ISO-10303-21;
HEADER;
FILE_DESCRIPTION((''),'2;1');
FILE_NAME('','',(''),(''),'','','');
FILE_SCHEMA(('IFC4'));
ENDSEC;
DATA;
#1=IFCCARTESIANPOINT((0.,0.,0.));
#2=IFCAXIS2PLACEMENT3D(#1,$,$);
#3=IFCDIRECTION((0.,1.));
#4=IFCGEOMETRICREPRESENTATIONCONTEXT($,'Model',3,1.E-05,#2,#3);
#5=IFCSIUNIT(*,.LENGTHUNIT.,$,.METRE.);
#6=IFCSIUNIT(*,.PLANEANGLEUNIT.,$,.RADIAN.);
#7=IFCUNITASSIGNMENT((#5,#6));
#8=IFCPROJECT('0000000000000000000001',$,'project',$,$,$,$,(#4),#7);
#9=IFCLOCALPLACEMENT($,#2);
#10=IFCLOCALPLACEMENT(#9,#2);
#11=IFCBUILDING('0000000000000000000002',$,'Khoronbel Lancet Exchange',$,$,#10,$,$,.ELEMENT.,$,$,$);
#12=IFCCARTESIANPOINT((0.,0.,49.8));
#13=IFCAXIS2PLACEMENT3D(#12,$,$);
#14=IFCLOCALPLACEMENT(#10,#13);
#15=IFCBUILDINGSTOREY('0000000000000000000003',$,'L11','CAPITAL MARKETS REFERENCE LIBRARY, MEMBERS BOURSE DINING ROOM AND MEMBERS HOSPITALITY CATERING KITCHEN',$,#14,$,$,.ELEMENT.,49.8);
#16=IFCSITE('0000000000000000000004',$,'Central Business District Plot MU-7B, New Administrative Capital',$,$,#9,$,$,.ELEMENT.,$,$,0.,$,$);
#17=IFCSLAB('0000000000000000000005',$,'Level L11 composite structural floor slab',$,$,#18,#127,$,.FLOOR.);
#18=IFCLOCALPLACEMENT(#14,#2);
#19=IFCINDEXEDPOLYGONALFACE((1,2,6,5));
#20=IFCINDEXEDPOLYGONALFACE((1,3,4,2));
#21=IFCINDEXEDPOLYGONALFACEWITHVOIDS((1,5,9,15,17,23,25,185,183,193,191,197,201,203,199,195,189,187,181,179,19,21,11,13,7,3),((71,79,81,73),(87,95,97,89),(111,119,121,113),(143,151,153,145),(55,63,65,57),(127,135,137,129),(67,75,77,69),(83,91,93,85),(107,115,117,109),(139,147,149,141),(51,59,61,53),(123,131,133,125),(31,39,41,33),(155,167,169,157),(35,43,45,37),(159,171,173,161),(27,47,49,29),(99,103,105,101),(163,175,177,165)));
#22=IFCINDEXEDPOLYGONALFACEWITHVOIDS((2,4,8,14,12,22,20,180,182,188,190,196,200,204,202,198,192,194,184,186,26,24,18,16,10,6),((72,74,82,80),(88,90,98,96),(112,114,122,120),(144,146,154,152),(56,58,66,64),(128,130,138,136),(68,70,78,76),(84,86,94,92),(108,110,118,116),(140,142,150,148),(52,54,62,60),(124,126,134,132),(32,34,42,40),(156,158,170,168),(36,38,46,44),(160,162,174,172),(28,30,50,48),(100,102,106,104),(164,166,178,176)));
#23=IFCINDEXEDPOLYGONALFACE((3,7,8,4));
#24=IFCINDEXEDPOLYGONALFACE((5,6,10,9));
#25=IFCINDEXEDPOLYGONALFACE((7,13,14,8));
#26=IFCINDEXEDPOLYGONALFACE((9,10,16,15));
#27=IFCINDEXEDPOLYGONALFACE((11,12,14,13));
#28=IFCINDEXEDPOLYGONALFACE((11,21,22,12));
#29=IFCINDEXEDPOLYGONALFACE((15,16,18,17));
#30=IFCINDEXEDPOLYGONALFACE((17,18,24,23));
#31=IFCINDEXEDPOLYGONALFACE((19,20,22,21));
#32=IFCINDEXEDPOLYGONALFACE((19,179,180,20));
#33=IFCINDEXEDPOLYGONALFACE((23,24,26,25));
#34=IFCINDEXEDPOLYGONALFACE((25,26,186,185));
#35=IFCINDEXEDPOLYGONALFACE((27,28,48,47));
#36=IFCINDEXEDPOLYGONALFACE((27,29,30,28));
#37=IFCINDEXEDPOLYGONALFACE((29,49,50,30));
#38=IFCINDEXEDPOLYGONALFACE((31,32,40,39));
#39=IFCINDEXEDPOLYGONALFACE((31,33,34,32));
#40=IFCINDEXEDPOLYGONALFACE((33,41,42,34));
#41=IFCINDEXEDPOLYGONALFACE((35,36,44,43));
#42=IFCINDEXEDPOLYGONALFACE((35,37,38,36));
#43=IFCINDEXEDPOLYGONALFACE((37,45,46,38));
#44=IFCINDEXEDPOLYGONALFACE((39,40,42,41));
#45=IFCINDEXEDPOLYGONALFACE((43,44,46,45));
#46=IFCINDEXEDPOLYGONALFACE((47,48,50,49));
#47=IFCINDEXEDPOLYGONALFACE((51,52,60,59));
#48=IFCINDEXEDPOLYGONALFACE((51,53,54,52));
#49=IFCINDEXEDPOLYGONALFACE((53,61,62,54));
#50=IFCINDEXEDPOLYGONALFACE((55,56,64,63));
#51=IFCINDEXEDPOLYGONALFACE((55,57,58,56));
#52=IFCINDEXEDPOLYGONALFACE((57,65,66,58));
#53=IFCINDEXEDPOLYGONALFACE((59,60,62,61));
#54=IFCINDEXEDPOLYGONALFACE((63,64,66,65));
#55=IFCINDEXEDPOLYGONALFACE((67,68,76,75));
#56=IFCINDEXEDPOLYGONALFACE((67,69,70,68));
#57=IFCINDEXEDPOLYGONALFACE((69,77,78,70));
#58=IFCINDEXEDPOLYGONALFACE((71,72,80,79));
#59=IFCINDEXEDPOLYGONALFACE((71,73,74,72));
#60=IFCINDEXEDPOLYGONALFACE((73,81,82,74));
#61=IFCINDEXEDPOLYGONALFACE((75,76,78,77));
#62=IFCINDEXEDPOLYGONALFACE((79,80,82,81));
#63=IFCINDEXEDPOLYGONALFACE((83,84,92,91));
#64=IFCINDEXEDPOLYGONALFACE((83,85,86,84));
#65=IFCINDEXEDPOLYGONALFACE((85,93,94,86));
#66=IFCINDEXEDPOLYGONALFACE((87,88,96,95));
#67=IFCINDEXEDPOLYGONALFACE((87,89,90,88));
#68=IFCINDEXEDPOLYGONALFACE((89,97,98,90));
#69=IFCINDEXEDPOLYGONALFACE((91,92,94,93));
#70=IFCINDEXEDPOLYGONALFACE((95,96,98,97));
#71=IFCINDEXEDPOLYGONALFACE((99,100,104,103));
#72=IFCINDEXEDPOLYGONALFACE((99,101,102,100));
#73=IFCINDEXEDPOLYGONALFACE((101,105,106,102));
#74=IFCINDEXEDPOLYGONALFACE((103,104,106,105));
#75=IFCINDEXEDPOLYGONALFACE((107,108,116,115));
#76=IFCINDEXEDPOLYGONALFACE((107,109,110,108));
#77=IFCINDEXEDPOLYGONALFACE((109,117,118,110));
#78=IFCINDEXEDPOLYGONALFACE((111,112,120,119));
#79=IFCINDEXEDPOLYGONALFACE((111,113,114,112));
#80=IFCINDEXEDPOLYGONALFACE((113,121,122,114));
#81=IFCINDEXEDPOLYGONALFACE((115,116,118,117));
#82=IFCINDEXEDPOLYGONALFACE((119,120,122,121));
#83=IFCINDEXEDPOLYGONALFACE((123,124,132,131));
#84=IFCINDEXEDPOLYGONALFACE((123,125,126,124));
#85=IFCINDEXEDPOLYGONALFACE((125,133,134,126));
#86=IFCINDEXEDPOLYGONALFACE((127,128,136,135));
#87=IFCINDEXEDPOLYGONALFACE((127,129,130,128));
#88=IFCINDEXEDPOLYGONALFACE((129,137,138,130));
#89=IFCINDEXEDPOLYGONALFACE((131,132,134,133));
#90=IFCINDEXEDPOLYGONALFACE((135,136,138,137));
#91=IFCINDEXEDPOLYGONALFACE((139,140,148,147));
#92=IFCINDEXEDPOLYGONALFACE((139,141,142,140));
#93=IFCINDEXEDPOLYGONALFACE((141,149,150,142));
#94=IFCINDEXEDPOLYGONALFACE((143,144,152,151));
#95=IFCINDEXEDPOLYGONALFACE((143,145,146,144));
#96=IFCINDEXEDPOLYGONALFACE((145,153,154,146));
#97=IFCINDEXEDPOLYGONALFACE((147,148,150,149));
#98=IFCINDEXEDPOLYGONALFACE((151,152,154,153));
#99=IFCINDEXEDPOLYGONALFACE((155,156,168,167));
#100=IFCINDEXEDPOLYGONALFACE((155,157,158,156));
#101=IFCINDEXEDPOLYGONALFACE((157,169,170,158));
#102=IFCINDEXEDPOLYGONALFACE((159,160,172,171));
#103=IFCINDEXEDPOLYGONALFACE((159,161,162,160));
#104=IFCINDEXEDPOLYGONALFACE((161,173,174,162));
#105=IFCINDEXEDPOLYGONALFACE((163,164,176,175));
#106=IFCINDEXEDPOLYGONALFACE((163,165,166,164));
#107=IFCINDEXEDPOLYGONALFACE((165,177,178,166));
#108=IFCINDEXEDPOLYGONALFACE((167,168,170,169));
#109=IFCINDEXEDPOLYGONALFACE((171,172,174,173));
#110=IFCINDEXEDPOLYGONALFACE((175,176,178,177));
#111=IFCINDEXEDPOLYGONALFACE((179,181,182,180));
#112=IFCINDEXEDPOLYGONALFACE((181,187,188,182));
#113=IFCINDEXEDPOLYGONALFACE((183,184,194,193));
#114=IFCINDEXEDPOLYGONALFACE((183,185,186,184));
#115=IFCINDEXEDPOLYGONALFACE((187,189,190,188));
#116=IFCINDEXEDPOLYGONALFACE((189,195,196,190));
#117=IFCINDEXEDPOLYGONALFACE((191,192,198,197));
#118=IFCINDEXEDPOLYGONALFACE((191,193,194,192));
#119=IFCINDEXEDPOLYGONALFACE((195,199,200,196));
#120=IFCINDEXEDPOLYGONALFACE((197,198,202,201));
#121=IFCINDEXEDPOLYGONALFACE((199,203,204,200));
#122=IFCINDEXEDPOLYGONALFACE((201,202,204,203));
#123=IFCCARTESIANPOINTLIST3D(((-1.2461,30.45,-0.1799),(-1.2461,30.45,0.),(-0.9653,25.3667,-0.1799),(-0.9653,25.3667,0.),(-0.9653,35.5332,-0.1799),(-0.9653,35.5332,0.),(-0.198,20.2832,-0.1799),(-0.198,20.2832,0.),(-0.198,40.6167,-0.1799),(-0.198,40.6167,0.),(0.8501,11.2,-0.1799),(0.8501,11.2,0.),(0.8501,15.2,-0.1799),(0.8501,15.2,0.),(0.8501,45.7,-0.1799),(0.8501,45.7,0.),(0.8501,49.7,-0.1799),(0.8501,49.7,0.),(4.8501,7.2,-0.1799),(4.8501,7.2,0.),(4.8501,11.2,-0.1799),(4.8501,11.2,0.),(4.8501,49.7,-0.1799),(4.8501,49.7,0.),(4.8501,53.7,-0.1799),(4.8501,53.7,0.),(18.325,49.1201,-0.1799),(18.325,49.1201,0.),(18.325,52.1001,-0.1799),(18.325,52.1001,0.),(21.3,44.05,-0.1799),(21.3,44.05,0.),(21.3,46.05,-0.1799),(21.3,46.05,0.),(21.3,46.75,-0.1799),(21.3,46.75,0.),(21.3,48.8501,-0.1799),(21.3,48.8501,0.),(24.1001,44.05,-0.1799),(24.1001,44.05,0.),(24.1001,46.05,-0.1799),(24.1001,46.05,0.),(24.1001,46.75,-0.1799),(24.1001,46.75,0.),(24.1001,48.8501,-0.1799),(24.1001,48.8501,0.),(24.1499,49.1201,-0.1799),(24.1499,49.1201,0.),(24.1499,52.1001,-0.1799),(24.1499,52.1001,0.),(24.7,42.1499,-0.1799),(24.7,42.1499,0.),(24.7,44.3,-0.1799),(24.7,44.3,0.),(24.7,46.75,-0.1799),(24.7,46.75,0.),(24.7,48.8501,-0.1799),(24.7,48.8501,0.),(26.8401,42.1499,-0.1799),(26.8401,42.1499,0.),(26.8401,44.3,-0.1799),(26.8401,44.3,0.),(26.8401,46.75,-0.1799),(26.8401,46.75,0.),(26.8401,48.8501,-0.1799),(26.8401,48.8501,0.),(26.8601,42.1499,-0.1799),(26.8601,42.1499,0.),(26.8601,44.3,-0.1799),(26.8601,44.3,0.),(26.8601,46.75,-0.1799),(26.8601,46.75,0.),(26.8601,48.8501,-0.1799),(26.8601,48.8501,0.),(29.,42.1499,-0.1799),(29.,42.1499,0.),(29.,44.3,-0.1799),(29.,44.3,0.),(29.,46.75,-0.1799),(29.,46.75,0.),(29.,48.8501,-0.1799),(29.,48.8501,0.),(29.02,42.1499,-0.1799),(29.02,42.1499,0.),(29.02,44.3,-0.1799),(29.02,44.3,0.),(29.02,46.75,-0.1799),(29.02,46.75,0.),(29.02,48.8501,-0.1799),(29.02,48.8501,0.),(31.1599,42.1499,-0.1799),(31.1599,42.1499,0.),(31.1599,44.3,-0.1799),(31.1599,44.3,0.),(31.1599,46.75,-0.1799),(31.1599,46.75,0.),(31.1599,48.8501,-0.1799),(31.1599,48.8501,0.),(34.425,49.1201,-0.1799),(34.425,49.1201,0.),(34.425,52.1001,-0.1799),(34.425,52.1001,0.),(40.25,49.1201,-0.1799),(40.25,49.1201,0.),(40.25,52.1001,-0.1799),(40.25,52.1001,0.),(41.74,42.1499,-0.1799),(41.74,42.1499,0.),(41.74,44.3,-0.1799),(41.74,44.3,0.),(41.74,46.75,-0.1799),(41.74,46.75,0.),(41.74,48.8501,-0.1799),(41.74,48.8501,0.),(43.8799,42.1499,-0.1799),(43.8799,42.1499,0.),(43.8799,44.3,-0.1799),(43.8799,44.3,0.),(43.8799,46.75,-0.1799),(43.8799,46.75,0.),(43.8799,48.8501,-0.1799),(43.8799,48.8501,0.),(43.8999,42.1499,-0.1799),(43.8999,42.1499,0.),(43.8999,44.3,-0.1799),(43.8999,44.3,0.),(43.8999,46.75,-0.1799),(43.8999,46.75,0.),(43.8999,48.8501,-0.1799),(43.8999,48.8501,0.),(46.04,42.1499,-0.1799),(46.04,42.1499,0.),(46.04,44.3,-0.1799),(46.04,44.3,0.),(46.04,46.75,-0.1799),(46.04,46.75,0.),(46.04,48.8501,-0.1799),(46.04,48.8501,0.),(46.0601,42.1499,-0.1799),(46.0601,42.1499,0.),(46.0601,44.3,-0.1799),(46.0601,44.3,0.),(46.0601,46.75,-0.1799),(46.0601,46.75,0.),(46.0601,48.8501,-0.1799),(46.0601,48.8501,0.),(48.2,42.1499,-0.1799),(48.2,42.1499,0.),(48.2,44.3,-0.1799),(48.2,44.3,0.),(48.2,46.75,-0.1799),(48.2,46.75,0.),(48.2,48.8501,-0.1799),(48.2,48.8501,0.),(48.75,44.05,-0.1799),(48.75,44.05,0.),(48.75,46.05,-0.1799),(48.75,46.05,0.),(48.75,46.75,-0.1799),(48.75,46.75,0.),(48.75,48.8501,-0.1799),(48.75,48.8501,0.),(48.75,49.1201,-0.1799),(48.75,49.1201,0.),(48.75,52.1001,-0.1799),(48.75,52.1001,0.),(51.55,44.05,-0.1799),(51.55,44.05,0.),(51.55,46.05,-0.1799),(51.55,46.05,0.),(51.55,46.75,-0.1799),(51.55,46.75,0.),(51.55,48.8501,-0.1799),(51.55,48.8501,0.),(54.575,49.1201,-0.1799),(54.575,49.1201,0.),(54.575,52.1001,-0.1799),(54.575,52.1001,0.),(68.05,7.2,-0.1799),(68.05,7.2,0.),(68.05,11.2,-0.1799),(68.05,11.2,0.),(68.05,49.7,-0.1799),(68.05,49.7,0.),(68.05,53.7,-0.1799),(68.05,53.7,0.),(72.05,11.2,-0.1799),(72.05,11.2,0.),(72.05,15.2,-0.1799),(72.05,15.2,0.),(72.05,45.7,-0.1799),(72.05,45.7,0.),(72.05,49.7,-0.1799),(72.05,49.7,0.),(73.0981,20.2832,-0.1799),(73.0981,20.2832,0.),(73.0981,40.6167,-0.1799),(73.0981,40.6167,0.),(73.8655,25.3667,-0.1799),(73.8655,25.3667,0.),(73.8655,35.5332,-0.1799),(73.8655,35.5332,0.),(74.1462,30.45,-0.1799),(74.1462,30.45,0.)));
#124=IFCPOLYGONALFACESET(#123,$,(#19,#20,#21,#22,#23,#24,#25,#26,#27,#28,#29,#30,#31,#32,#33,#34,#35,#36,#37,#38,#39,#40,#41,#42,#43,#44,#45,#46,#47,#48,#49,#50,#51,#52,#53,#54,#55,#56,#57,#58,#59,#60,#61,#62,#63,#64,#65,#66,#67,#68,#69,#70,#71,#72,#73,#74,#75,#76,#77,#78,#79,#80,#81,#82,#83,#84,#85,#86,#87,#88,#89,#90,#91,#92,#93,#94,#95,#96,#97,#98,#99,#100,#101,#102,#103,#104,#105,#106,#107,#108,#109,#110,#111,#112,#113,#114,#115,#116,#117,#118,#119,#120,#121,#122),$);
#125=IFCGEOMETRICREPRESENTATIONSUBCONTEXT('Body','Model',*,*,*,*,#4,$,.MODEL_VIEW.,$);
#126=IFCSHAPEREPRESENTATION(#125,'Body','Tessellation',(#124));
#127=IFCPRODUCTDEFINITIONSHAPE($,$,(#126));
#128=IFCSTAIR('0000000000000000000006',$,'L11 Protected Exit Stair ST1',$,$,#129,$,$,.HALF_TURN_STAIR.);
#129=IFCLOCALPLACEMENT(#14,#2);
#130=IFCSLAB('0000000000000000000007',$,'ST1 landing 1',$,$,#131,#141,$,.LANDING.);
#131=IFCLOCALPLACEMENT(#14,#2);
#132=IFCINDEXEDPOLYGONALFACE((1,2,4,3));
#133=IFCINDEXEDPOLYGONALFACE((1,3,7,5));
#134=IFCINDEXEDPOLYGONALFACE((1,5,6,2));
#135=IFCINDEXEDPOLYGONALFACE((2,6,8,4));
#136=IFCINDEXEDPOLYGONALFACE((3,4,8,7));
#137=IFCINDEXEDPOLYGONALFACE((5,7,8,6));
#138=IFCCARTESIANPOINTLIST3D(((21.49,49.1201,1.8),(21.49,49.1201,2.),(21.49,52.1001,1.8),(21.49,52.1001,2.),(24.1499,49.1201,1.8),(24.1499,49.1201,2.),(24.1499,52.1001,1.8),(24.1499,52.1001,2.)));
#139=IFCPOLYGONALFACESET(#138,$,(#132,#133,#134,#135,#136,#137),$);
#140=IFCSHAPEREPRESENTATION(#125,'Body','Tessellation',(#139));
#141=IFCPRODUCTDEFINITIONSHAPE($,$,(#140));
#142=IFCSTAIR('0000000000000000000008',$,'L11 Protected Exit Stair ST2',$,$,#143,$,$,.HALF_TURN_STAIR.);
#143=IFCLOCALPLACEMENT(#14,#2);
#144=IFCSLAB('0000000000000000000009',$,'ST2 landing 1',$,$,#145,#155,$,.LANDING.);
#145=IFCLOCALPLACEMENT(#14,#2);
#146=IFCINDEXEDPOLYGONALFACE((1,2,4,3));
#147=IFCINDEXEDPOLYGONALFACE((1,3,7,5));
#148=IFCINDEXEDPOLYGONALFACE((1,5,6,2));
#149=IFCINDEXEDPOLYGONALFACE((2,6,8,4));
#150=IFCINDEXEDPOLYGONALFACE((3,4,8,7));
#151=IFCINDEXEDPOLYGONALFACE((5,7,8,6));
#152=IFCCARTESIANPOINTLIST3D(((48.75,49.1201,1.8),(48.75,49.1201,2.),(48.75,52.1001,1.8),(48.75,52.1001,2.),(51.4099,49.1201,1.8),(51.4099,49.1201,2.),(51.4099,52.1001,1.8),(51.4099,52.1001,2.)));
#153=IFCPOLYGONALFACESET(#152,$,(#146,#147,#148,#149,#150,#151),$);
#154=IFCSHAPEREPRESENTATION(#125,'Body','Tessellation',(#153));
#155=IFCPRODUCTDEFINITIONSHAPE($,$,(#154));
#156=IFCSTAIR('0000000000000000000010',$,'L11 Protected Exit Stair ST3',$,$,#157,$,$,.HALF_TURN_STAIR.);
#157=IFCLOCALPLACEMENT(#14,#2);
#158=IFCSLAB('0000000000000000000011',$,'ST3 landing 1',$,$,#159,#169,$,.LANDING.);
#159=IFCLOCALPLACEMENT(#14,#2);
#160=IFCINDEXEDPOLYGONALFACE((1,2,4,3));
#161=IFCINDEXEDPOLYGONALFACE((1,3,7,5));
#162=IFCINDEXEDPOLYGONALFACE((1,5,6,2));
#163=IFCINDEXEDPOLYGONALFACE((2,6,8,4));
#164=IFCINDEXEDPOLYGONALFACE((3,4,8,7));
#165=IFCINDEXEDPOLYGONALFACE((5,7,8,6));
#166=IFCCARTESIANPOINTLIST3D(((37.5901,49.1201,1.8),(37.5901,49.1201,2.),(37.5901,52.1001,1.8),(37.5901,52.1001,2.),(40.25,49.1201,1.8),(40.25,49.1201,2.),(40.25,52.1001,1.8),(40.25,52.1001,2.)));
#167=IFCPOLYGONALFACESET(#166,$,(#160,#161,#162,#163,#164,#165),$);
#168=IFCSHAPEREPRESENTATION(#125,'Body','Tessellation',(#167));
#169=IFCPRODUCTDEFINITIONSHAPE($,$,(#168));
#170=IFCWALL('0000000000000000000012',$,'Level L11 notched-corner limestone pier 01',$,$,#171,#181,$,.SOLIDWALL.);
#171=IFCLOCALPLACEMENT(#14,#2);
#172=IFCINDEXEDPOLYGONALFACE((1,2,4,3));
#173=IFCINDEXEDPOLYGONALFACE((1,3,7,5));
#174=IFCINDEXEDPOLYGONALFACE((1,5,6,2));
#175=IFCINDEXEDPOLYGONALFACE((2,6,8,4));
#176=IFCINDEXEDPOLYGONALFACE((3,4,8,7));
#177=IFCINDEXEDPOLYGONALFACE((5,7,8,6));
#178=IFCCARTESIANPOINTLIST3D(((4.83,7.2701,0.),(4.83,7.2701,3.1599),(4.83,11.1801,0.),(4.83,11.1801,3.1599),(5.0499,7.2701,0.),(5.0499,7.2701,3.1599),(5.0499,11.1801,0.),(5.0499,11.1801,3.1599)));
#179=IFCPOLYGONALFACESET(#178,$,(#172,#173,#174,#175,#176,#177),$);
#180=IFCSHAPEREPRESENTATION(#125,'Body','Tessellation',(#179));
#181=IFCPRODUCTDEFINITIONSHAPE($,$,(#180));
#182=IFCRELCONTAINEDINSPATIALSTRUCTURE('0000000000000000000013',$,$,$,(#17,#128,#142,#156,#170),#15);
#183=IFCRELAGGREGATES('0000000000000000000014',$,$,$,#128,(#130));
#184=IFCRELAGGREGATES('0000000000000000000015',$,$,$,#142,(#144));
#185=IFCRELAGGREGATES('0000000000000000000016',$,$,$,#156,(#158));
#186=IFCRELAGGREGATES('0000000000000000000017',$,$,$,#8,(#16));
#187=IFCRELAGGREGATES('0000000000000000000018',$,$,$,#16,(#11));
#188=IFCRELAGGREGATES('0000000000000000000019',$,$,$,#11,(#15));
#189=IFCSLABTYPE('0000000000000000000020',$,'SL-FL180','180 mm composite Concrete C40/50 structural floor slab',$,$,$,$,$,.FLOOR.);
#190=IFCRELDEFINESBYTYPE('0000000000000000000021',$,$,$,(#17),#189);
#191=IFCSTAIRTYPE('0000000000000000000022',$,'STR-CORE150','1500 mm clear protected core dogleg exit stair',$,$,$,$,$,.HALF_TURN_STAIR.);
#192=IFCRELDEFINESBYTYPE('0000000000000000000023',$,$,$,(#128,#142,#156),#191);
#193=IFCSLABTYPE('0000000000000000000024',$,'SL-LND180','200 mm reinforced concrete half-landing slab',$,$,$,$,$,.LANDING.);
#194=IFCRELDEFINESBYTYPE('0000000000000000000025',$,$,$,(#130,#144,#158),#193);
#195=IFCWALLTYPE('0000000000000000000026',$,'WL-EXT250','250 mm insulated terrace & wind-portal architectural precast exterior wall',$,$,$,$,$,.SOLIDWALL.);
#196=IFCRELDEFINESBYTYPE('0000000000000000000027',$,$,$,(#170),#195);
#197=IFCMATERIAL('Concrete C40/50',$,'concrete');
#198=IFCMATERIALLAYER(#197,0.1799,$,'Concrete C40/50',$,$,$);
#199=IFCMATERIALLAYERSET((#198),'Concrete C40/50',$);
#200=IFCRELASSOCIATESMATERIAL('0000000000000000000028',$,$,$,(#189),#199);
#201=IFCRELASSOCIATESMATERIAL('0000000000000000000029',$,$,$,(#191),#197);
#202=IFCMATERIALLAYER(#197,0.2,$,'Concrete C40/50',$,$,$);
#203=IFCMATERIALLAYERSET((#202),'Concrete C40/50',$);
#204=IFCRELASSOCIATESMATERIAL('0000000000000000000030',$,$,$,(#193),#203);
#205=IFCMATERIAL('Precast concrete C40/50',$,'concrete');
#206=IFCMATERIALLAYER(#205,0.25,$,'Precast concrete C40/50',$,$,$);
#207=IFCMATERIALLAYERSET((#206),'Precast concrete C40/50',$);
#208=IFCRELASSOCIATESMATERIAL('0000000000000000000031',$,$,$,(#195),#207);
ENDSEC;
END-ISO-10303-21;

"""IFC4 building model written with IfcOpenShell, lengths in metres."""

from ifc_helpers import new_model, si_unit, direction, frame, frame_2d, origin, place, context, subcontext, project, spatial, polyline, rectangle, outline, extrude, material, layer, layer_set, type_object, element, aggregate, save


model = new_model("IFC4")

# Units and contexts
model_context = context("Model", 3, precision=1e-05, world=origin(), true_north=direction((0.0, 1.0)))
body_context = subcontext(model_context, "Body", "Model", "MODEL_VIEW")
ifc_project = project(units=[si_unit("LENGTHUNIT", "METRE"), si_unit("PLANEANGLEUNIT", "RADIAN")], contexts=[model_context])

# Site, building, storey
site_placement = place(None, origin())
site = spatial("IfcSite", under=ifc_project, at=site_placement, Name="Central Business District Plot MU-7B, New Administrative Capital", CompositionType="ELEMENT", RefElevation=0.0)
building_placement = place(site_placement, origin())
building = spatial("IfcBuilding", under=site, at=building_placement, Name="Khoronbel Lancet Exchange", CompositionType="ELEMENT")
storey_placement = place(building_placement, frame((0.0, 0.0, 49.8)))
storey = spatial("IfcBuildingStorey", under=building, at=storey_placement, Name="L11", Description="CAPITAL MARKETS REFERENCE LIBRARY, MEMBERS BOURSE DINING ROOM AND MEMBERS HOSPITALITY CATERING KITCHEN", CompositionType="ELEMENT", Elevation=49.8)

# Slab
ifc_material_1 = material(Name="Concrete C40/50", Category="concrete")
ifc_layer_1 = layer(ifc_material_1, 0.1799, Name="Concrete C40/50")
ifc_layer_set_1 = layer_set([ifc_layer_1], Name="Concrete C40/50")
slab_type_1 = type_object("IfcSlabType", Name="SL-FL180", Description="180 mm composite Concrete C40/50 structural floor slab", PredefinedType="FLOOR", material=ifc_layer_set_1)
slab_1_placement = place(storey_placement, frame((0.0, 0.0, -0.1799)))
element("IfcSlab", 1, at=slab_1_placement, inside=storey, type_object=slab_type_1, Name="Level L11 composite structural floor slab", PredefinedType="FLOOR", context=body_context, shape_type="SweptSolid", body=[
    extrude(outline(polyline([(4.8501, 7.2), (68.05, 7.2), (68.05, 11.2), (72.05, 11.2), (72.05, 15.2), (73.0981, 20.2832), (73.8655, 25.3667), (74.1462, 30.45), (73.8655, 35.5332), (73.0981, 40.6167), (72.05, 45.7), (72.05, 49.7), (68.05, 49.7), (68.05, 53.7), (4.8501, 53.7), (4.8501, 49.7), (0.8501, 49.7), (0.8501, 45.7), (-0.198, 40.6167), (-0.9653, 35.5332), (-1.2461, 30.45), (-0.9653, 25.3667), (-0.198, 20.2832), (0.8501, 15.2), (0.8501, 11.2), (4.8501, 11.2), (4.8501, 7.2)]), holes=[polyline([(18.325, 49.1201), (24.1499, 49.1201), (24.1499, 52.1001), (18.325, 52.1001), (18.325, 49.1201)]), polyline([(48.75, 49.1201), (54.575, 49.1201), (54.575, 52.1001), (48.75, 52.1001), (48.75, 49.1201)]), polyline([(34.425, 49.1201), (40.25, 49.1201), (40.25, 52.1001), (34.425, 52.1001), (34.425, 49.1201)]), polyline([(24.7, 46.75), (26.8401, 46.75), (26.8401, 48.8501), (24.7, 48.8501), (24.7, 46.75)]), polyline([(26.8601, 46.75), (29.0, 46.75), (29.0, 48.8501), (26.8601, 48.8501), (26.8601, 46.75)]), polyline([(29.02, 46.75), (31.1599, 46.75), (31.1599, 48.8501), (29.02, 48.8501), (29.02, 46.75)]), polyline([(24.7, 42.1499), (26.8401, 42.1499), (26.8401, 44.3), (24.7, 44.3), (24.7, 42.1499)]), polyline([(26.8601, 42.1499), (29.0, 42.1499), (29.0, 44.3), (26.8601, 44.3), (26.8601, 42.1499)]), polyline([(29.02, 42.1499), (31.1599, 42.1499), (31.1599, 44.3), (29.02, 44.3), (29.02, 42.1499)]), polyline([(41.74, 46.75), (43.8799, 46.75), (43.8799, 48.8501), (41.74, 48.8501), (41.74, 46.75)]), polyline([(43.8999, 46.75), (46.04, 46.75), (46.04, 48.8501), (43.8999, 48.8501), (43.8999, 46.75)]), polyline([(46.0601, 46.75), (48.2, 46.75), (48.2, 48.8501), (46.0601, 48.8501), (46.0601, 46.75)]), polyline([(41.74, 42.1499), (43.8799, 42.1499), (43.8799, 44.3), (41.74, 44.3), (41.74, 42.1499)]), polyline([(43.8999, 42.1499), (46.04, 42.1499), (46.04, 44.3), (43.8999, 44.3), (43.8999, 42.1499)]), polyline([(46.0601, 42.1499), (48.2, 42.1499), (48.2, 44.3), (46.0601, 44.3), (46.0601, 42.1499)]), polyline([(21.3, 46.75), (24.1001, 46.75), (24.1001, 48.8501), (21.3, 48.8501), (21.3, 46.75)]), polyline([(48.75, 46.75), (51.55, 46.75), (51.55, 48.8501), (48.75, 48.8501), (48.75, 46.75)]), polyline([(21.3, 44.05), (24.1001, 44.05), (24.1001, 46.05), (21.3, 46.05), (21.3, 44.05)]), polyline([(48.75, 44.05), (51.55, 44.05), (51.55, 46.05), (48.75, 46.05), (48.75, 44.05)])]), origin(), (0.0, 0.0, 1.0), 0.1799),
])

# Stairs, slabs
stair_type = type_object("IfcStairType", Name="STR-CORE150", Description="1500 mm clear protected core dogleg exit stair", PredefinedType="HALF_TURN_STAIR", material=ifc_material_1)
stair_1_placement = place(storey_placement, origin())
stair_1 = element("IfcStair", 2, at=stair_1_placement, inside=storey, type_object=stair_type, Name="L11 Protected Exit Stair ST1", PredefinedType="HALF_TURN_STAIR")
ifc_layer_2 = layer(ifc_material_1, 0.2, Name="Concrete C40/50")
ifc_layer_set_2 = layer_set([ifc_layer_2], Name="Concrete C40/50")
slab_type_2 = type_object("IfcSlabType", Name="SL-LND180", Description="200 mm reinforced concrete half-landing slab", PredefinedType="LANDING", material=ifc_layer_set_2)
slab_2_placement = place(storey_placement, frame((0.0, 0.0, 1.8)))
slab_2 = element("IfcSlab", 3, at=slab_2_placement, type_object=slab_type_2, Name="ST1 landing 1", PredefinedType="LANDING", context=body_context, shape_type="SweptSolid", body=[
    extrude(outline(polyline([(21.49, 49.1201), (24.1499, 49.1201), (24.1499, 52.1001), (21.49, 52.1001), (21.49, 49.1201)])), origin(), (0.0, 0.0, 1.0), 0.2),
])
aggregate(stair_1, [slab_2])
stair_2_placement = place(storey_placement, origin())
stair_2 = element("IfcStair", 4, at=stair_2_placement, inside=storey, type_object=stair_type, Name="L11 Protected Exit Stair ST2", PredefinedType="HALF_TURN_STAIR")
slab_3_placement = place(storey_placement, frame((0.0, 0.0, 1.8)))
slab_3 = element("IfcSlab", 5, at=slab_3_placement, type_object=slab_type_2, Name="ST2 landing 1", PredefinedType="LANDING", context=body_context, shape_type="SweptSolid", body=[
    extrude(outline(polyline([(51.4099, 52.1001), (48.75, 52.1001), (48.75, 49.1201), (51.4099, 49.1201), (51.4099, 52.1001)])), origin(), (0.0, 0.0, 1.0), 0.2),
])
aggregate(stair_2, [slab_3])
stair_3_placement = place(storey_placement, origin())
stair_3 = element("IfcStair", 6, at=stair_3_placement, inside=storey, type_object=stair_type, Name="L11 Protected Exit Stair ST3", PredefinedType="HALF_TURN_STAIR")
slab_4_placement = place(storey_placement, frame((0.0, 0.0, 1.8)))
slab_4 = element("IfcSlab", 7, at=slab_4_placement, type_object=slab_type_2, Name="ST3 landing 1", PredefinedType="LANDING", context=body_context, shape_type="SweptSolid", body=[
    extrude(outline(polyline([(37.5901, 49.1201), (40.25, 49.1201), (40.25, 52.1001), (37.5901, 52.1001), (37.5901, 49.1201)])), origin(), (0.0, 0.0, 1.0), 0.2),
])
aggregate(stair_3, [slab_4])

# Wall
ifc_material_2 = material(Name="Precast concrete C40/50", Category="concrete")
ifc_layer_3 = layer(ifc_material_2, 0.25, Name="Precast concrete C40/50")
ifc_layer_set_3 = layer_set([ifc_layer_3], Name="Precast concrete C40/50")
wall_type_1 = type_object("IfcWallType", Name="WL-EXT250", Description="250 mm insulated terrace & wind-portal architectural precast exterior wall", PredefinedType="SOLIDWALL", material=ifc_layer_set_3)
wall_1_placement = place(storey_placement, frame((4.9399, 7.27, 0.0), z_axis=(0.0, 0.0, 1.0), x_axis=(0.0, 1.0, 0.0)))
element("IfcWall", 8, at=wall_1_placement, inside=storey, type_object=wall_type_1, Name="Level L11 notched-corner limestone pier 01", PredefinedType="SOLIDWALL", context=body_context, shape_type="SweptSolid", body=[
    extrude(rectangle(XDim=3.9099, YDim=0.22, at=frame_2d((1.9551, 0.0))), origin(), (0.0, 0.0, 1.0), 3.1599),
])

save(model, "model.ifc")
